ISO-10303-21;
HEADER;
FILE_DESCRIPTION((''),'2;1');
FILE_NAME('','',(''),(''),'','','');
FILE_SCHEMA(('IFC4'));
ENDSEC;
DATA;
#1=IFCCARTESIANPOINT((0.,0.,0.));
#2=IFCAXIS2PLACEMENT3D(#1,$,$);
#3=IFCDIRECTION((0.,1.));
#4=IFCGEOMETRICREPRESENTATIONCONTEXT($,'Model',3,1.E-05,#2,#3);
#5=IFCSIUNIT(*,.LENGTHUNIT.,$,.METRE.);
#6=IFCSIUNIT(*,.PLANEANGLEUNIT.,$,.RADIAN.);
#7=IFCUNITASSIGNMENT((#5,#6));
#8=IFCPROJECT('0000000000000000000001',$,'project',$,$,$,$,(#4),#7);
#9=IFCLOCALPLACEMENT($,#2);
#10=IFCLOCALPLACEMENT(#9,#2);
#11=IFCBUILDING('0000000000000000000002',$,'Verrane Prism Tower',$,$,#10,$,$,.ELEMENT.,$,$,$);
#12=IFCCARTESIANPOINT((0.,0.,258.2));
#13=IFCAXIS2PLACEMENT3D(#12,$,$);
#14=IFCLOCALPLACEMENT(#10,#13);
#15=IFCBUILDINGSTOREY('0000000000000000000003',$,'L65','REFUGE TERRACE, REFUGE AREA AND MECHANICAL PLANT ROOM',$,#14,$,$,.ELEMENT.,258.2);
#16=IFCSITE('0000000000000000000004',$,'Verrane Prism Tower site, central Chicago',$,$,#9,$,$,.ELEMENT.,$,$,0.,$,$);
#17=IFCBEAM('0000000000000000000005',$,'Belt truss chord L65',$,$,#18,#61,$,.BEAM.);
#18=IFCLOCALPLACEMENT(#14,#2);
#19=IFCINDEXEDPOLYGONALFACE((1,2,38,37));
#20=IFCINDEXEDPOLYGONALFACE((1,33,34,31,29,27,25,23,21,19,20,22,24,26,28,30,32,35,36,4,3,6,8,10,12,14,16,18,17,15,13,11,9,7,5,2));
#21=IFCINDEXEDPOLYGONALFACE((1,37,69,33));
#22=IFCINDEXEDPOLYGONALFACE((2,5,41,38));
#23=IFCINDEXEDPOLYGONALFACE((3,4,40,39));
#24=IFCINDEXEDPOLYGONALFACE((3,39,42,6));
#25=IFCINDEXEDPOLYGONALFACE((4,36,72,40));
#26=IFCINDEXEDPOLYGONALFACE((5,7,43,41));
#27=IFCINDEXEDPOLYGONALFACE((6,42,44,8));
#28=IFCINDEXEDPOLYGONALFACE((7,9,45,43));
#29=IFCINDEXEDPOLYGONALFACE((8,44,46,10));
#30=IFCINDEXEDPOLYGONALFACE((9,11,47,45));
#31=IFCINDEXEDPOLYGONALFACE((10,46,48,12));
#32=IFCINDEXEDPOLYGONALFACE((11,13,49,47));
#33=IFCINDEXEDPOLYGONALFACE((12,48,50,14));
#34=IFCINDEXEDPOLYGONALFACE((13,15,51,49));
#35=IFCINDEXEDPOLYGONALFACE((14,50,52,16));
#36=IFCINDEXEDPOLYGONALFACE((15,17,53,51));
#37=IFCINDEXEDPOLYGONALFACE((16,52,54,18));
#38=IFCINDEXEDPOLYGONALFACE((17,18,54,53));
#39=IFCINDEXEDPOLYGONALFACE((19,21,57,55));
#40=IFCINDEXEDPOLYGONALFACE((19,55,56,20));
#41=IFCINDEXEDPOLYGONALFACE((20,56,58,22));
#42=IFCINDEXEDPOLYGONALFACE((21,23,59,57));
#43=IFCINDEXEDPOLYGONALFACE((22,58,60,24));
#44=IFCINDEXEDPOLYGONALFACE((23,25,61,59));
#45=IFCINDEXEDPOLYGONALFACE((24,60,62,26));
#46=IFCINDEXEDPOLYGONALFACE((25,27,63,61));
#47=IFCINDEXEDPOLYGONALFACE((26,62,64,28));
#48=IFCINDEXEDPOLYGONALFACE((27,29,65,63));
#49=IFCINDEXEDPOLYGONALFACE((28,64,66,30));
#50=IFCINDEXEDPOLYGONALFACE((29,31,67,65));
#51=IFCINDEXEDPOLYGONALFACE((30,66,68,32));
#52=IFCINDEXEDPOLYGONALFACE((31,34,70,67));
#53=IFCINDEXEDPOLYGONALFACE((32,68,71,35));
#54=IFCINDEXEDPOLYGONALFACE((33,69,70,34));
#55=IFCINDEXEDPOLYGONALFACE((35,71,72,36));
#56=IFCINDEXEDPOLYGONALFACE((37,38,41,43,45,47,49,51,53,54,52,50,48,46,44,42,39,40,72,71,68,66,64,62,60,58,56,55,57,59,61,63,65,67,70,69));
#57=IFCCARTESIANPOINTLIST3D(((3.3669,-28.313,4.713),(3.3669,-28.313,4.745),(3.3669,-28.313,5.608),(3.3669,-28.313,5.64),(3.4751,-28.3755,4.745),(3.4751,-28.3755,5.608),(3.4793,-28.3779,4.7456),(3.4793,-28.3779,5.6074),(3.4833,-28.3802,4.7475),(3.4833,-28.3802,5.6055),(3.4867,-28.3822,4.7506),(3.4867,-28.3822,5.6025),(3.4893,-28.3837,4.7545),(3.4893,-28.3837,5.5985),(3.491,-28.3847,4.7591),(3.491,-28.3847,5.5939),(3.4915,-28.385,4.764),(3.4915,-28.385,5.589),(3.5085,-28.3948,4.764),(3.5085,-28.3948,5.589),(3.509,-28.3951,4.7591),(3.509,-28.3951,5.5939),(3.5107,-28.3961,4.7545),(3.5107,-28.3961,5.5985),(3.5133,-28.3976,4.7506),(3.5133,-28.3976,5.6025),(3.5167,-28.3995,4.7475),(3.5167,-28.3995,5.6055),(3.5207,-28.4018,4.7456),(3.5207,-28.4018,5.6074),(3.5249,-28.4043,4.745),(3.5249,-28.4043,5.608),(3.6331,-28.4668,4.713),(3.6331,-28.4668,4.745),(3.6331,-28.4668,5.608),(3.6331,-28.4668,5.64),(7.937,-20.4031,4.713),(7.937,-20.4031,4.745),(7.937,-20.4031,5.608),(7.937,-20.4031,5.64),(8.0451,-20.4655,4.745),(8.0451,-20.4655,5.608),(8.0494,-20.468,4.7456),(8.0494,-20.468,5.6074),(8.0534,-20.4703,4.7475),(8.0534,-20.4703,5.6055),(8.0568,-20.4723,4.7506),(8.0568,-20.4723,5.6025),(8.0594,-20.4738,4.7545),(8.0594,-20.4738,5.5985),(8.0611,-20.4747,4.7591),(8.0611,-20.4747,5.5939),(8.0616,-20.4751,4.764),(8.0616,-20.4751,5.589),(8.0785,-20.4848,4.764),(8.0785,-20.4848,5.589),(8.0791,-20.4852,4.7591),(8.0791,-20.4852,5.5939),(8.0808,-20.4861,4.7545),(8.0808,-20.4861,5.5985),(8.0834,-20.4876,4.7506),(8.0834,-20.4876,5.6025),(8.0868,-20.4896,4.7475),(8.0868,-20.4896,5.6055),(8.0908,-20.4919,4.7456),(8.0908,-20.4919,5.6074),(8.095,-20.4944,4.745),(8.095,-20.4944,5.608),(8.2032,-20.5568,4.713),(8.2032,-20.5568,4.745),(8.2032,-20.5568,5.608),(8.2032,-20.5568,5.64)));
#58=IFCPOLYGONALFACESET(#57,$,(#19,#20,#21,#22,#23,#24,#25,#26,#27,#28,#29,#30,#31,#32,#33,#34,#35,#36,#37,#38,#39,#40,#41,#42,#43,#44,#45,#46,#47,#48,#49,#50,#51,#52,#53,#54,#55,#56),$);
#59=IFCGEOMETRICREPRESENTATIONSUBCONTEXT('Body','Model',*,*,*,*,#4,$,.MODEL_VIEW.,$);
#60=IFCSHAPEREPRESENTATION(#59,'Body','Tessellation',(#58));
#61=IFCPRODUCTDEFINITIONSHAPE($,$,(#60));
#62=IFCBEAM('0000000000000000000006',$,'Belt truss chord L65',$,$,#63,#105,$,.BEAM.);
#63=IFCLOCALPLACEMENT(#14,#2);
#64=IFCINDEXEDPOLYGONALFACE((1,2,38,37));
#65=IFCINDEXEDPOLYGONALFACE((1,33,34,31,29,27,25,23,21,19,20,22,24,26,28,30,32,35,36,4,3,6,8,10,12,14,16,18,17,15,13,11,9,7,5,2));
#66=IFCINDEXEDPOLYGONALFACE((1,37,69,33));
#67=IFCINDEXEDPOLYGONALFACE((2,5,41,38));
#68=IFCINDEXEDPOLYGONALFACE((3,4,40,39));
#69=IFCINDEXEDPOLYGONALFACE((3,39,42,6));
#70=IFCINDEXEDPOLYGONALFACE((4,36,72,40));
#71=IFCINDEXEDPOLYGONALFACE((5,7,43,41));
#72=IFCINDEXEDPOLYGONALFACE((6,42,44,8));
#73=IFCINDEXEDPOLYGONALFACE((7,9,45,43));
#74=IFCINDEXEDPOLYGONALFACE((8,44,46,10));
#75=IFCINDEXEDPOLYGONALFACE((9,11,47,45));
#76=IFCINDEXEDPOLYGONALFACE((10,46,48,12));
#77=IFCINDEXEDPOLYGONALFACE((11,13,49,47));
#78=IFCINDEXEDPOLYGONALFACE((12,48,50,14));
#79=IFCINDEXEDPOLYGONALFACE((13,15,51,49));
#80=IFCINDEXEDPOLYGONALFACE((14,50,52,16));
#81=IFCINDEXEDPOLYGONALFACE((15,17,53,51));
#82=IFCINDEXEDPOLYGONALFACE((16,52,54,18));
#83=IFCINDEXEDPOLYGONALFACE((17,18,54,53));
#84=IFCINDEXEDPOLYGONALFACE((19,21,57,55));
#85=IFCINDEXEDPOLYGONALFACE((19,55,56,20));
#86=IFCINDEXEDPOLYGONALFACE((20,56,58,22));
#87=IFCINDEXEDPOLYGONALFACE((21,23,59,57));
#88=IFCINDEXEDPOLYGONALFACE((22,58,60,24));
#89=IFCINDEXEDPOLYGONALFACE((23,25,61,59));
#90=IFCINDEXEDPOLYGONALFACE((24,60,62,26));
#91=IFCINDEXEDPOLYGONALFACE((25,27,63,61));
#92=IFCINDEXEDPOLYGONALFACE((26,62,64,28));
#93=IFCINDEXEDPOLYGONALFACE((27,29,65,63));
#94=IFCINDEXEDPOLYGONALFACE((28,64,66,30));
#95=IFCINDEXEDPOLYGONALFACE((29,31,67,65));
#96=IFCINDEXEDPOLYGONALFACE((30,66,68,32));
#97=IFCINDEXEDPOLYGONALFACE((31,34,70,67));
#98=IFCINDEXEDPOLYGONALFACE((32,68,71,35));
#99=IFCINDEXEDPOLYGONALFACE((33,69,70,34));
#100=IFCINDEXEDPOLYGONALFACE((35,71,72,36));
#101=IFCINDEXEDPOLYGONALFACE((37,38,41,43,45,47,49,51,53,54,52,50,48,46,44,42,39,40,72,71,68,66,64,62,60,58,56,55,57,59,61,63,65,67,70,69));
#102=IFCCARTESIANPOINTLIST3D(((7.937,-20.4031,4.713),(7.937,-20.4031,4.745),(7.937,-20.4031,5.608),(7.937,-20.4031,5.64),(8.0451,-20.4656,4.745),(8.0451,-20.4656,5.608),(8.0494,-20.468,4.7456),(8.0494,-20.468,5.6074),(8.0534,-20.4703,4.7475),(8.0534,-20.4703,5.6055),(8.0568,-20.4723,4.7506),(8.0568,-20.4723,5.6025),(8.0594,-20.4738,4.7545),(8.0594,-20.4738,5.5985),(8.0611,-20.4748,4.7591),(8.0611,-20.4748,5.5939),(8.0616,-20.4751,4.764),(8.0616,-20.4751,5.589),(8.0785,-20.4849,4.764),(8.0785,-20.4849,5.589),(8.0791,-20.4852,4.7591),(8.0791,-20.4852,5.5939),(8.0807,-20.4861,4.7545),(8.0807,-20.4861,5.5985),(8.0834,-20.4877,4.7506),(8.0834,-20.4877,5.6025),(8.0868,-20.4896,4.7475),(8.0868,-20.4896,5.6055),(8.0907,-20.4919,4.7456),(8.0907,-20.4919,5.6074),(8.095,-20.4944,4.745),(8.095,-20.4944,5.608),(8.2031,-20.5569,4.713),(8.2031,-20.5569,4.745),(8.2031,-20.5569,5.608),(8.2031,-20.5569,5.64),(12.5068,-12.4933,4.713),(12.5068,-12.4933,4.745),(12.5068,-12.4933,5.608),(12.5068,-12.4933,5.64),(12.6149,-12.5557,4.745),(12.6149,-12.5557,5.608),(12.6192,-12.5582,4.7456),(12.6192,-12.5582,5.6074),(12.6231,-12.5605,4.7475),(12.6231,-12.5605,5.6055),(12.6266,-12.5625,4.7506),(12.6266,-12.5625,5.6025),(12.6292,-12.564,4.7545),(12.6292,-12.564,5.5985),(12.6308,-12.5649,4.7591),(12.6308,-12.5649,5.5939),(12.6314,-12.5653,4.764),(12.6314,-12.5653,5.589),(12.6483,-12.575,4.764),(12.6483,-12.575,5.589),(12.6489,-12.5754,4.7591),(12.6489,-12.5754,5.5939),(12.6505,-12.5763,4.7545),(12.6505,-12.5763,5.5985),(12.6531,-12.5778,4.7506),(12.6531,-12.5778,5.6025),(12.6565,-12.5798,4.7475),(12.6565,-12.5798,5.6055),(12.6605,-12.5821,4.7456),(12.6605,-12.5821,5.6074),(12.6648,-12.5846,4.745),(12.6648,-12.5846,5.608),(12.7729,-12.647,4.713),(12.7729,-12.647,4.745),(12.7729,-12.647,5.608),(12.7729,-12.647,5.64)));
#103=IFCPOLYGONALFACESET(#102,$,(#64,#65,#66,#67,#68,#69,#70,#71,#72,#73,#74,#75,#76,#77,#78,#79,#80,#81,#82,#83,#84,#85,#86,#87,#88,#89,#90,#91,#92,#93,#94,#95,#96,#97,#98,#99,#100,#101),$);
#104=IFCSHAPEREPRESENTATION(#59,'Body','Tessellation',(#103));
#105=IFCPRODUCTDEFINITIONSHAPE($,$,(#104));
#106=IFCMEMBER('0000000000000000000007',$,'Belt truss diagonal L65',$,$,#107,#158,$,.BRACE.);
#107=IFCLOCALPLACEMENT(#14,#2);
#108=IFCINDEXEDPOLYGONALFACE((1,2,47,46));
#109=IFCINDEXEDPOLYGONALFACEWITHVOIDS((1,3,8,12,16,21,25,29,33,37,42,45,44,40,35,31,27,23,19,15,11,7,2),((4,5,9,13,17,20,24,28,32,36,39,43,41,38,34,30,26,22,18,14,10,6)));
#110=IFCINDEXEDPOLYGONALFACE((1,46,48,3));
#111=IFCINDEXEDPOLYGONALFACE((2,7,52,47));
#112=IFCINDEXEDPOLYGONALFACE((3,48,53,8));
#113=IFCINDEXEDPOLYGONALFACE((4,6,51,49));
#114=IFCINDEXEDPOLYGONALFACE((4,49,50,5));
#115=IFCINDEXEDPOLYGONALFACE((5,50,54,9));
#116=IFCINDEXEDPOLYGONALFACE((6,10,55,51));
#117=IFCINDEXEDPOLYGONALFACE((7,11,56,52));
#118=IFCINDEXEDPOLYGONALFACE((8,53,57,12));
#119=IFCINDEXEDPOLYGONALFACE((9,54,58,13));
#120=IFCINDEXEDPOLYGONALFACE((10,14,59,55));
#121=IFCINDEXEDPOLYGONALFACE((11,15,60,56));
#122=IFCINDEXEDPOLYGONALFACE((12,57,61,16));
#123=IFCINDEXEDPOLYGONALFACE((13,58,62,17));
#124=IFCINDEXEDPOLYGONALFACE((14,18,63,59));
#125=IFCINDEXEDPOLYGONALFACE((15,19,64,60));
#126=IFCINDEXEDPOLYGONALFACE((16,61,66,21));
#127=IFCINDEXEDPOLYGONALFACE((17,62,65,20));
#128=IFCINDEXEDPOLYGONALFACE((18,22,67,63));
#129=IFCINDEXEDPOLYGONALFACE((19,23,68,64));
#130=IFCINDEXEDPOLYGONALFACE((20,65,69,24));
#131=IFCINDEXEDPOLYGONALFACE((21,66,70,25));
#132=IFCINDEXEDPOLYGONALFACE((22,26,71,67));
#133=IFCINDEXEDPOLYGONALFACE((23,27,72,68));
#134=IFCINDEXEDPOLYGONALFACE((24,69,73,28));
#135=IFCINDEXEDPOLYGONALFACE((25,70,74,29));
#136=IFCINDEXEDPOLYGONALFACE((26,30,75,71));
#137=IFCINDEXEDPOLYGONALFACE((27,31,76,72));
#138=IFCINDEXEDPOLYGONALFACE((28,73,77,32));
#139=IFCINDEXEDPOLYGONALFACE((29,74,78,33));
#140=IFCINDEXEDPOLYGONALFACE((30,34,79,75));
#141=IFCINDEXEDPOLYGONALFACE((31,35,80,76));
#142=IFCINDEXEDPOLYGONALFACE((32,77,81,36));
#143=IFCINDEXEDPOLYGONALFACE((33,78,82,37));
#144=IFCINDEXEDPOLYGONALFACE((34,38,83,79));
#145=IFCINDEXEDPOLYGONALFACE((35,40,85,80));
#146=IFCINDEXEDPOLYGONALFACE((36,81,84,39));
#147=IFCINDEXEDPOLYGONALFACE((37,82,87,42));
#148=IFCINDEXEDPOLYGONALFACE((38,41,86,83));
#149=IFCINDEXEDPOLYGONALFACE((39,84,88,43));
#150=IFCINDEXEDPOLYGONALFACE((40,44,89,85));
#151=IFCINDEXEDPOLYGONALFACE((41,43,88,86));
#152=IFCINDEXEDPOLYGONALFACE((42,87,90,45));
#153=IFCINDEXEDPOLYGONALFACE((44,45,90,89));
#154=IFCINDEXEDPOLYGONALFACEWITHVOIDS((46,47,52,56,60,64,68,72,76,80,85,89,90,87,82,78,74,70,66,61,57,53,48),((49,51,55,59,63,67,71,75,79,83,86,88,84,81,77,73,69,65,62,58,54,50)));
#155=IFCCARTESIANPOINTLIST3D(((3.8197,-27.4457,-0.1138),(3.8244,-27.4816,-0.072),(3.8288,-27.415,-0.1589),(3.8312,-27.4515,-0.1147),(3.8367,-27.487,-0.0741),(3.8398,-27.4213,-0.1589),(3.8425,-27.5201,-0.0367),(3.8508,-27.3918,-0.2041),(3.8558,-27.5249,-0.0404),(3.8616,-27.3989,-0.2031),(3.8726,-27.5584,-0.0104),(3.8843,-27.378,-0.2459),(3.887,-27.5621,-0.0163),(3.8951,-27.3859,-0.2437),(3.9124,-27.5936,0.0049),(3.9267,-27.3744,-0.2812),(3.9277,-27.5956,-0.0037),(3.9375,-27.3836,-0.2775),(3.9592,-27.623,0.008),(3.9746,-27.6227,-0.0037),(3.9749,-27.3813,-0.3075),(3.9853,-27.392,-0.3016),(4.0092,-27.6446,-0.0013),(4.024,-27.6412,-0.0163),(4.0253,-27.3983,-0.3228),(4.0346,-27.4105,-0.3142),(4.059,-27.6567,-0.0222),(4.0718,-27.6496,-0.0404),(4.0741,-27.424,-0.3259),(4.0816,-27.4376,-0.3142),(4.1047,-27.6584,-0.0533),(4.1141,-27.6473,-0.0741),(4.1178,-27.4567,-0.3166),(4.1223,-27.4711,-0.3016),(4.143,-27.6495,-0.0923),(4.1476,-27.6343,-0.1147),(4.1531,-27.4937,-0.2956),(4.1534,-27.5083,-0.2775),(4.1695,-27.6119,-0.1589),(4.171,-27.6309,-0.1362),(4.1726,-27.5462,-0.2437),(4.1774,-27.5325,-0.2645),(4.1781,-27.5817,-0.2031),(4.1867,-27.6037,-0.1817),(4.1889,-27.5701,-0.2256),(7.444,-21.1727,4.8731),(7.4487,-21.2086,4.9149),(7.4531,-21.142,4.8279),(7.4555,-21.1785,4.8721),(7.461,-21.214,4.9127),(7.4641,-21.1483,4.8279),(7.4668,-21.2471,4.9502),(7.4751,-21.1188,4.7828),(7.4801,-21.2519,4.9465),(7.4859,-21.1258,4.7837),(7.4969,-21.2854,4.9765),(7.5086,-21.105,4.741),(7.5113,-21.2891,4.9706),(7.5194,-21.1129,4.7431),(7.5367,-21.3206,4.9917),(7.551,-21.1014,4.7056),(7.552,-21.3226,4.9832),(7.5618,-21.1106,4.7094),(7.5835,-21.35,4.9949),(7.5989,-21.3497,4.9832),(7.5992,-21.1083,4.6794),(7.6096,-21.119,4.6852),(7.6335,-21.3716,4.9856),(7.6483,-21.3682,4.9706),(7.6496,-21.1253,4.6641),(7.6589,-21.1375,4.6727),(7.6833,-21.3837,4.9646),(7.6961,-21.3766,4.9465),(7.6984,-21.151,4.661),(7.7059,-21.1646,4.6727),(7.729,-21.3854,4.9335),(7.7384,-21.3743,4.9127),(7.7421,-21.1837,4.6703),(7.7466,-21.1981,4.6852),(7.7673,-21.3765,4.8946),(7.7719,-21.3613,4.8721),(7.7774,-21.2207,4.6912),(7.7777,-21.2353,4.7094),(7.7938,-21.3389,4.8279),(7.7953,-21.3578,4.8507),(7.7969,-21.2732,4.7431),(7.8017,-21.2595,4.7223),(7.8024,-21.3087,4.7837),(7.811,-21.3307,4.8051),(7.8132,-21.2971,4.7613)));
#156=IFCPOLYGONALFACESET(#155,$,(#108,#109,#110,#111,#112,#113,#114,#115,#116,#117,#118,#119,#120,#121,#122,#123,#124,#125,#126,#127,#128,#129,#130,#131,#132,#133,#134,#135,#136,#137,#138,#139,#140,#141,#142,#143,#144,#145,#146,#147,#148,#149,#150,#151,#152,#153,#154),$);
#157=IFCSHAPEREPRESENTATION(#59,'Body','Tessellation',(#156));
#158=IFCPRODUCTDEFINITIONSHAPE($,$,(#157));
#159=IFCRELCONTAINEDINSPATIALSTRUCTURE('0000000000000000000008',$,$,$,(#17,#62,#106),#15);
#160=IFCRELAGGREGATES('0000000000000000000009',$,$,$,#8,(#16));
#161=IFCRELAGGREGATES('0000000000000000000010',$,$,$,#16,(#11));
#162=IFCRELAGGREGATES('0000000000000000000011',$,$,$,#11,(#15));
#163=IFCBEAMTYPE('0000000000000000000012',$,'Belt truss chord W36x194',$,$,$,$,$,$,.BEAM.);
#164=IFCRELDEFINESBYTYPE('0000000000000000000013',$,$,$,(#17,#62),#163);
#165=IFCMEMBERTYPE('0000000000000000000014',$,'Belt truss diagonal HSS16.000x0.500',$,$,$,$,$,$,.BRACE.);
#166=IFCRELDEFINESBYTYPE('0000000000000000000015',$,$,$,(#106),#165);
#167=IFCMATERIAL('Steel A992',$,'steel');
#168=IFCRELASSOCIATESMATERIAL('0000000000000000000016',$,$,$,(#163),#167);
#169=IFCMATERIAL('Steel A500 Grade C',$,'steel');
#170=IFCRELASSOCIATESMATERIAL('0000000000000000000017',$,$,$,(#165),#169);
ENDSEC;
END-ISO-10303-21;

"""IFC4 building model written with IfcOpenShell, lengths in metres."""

from ifc_helpers import new_model, si_unit, direction, frame, origin, origin_2d, place, context, subcontext, project, spatial, hollow_circle, i_section, extrude, material, material_profile, profile_set, type_object, element, save


model = new_model("IFC4")

# Units and contexts
model_context = context("Model", 3, precision=1e-05, world=origin(), true_north=direction((0.0, 1.0)))
body_context = subcontext(model_context, "Body", "Model", "MODEL_VIEW")
ifc_project = project(units=[si_unit("LENGTHUNIT", "METRE"), si_unit("PLANEANGLEUNIT", "RADIAN")], contexts=[model_context])

# Site, building, storey
site_placement = place(None, origin())
site = spatial("IfcSite", under=ifc_project, at=site_placement, Name="Verrane Prism Tower site, central Chicago", CompositionType="ELEMENT", RefElevation=0.0)
building_placement = place(site_placement, origin())
building = spatial("IfcBuilding", under=site, at=building_placement, Name="Verrane Prism Tower", CompositionType="ELEMENT")
storey_placement = place(building_placement, frame((0.0, 0.0, 258.2)))
storey = spatial("IfcBuildingStorey", under=building, at=storey_placement, Name="L65", Description="REFUGE TERRACE, REFUGE AREA AND MECHANICAL PLANT ROOM", CompositionType="ELEMENT", Elevation=258.2)

# Beams
ifc_material_1 = material(Name="Steel A992", Category="steel")
ifc_material_profile_1 = material_profile(ifc_material_1, i_section(OverallWidth=0.3074, OverallDepth=0.927, WebThickness=0.0195, FlangeThickness=0.032, FilletRadius=0.019, at=origin_2d()), Name="W36x194")
ifc_profile_set_1 = profile_set([ifc_material_profile_1], Name="Steel A992")
beam_type_1 = type_object("IfcBeamType", Name="Belt truss chord W36x194", PredefinedType="BEAM", material=ifc_profile_set_1)
beam_1_placement = place(storey_placement, frame((3.5, -28.3899, 5.1765), z_axis=(0.500269, 0.86587, 0.0), x_axis=(-0.86587, 0.500269, 0.0)))
element("IfcBeam", 1, at=beam_1_placement, inside=storey, type_object=beam_type_1, Name="Belt truss chord L65", PredefinedType="BEAM", context=body_context, shape_type="SweptSolid", body=[
    extrude(i_section(OverallWidth=0.3074, OverallDepth=0.927, WebThickness=0.0195, FlangeThickness=0.032, FilletRadius=0.019, at=origin_2d()), origin(), (0.0, 0.0, 1.0), 9.1353),
])
beam_2_placement = place(storey_placement, frame((8.0701, -20.48, 5.1765), z_axis=(0.500249, 0.865882, 0.0), x_axis=(-0.865882, 0.500249, 0.0)))
element("IfcBeam", 2, at=beam_2_placement, inside=storey, type_object=beam_type_1, Name="Belt truss chord L65", PredefinedType="BEAM", context=body_context, shape_type="SweptSolid", body=[
    extrude(i_section(OverallWidth=0.3074, OverallDepth=0.927, WebThickness=0.0195, FlangeThickness=0.032, FilletRadius=0.019, at=origin_2d()), origin(), (0.0, 0.0, 1.0), 9.135),
])

# Member
ifc_material_2 = material(Name="Steel A500 Grade C", Category="steel")
ifc_material_profile_2 = material_profile(ifc_material_2, hollow_circle(Radius=0.2031, WallThickness=0.0127, at=origin_2d()), Name="HSS16.000x0.500")
ifc_profile_set_2 = profile_set([ifc_material_profile_2], Name="Steel A500 Grade C")
member_type_1 = type_object("IfcMemberType", Name="Belt truss diagonal HSS16.000x0.500", PredefinedType="BRACE", material=ifc_profile_set_2)
member_1_placement = place(storey_placement, frame((4.0046, -27.5166, -0.1589), z_axis=(0.412079, 0.713233, 0.567), x_axis=(-0.865871, 0.500267, 0.0)))
element("IfcMember", 3, at=member_1_placement, inside=storey, type_object=member_type_1, Name="Belt truss diagonal L65", PredefinedType="BRACE", context=body_context, shape_type="SweptSolid", body=[
    extrude(hollow_circle(Radius=0.2031, WallThickness=0.0127, at=origin_2d()), origin(), (0.0, 0.0, 1.0), 8.7952),
])

save(model, "model.ifc")
